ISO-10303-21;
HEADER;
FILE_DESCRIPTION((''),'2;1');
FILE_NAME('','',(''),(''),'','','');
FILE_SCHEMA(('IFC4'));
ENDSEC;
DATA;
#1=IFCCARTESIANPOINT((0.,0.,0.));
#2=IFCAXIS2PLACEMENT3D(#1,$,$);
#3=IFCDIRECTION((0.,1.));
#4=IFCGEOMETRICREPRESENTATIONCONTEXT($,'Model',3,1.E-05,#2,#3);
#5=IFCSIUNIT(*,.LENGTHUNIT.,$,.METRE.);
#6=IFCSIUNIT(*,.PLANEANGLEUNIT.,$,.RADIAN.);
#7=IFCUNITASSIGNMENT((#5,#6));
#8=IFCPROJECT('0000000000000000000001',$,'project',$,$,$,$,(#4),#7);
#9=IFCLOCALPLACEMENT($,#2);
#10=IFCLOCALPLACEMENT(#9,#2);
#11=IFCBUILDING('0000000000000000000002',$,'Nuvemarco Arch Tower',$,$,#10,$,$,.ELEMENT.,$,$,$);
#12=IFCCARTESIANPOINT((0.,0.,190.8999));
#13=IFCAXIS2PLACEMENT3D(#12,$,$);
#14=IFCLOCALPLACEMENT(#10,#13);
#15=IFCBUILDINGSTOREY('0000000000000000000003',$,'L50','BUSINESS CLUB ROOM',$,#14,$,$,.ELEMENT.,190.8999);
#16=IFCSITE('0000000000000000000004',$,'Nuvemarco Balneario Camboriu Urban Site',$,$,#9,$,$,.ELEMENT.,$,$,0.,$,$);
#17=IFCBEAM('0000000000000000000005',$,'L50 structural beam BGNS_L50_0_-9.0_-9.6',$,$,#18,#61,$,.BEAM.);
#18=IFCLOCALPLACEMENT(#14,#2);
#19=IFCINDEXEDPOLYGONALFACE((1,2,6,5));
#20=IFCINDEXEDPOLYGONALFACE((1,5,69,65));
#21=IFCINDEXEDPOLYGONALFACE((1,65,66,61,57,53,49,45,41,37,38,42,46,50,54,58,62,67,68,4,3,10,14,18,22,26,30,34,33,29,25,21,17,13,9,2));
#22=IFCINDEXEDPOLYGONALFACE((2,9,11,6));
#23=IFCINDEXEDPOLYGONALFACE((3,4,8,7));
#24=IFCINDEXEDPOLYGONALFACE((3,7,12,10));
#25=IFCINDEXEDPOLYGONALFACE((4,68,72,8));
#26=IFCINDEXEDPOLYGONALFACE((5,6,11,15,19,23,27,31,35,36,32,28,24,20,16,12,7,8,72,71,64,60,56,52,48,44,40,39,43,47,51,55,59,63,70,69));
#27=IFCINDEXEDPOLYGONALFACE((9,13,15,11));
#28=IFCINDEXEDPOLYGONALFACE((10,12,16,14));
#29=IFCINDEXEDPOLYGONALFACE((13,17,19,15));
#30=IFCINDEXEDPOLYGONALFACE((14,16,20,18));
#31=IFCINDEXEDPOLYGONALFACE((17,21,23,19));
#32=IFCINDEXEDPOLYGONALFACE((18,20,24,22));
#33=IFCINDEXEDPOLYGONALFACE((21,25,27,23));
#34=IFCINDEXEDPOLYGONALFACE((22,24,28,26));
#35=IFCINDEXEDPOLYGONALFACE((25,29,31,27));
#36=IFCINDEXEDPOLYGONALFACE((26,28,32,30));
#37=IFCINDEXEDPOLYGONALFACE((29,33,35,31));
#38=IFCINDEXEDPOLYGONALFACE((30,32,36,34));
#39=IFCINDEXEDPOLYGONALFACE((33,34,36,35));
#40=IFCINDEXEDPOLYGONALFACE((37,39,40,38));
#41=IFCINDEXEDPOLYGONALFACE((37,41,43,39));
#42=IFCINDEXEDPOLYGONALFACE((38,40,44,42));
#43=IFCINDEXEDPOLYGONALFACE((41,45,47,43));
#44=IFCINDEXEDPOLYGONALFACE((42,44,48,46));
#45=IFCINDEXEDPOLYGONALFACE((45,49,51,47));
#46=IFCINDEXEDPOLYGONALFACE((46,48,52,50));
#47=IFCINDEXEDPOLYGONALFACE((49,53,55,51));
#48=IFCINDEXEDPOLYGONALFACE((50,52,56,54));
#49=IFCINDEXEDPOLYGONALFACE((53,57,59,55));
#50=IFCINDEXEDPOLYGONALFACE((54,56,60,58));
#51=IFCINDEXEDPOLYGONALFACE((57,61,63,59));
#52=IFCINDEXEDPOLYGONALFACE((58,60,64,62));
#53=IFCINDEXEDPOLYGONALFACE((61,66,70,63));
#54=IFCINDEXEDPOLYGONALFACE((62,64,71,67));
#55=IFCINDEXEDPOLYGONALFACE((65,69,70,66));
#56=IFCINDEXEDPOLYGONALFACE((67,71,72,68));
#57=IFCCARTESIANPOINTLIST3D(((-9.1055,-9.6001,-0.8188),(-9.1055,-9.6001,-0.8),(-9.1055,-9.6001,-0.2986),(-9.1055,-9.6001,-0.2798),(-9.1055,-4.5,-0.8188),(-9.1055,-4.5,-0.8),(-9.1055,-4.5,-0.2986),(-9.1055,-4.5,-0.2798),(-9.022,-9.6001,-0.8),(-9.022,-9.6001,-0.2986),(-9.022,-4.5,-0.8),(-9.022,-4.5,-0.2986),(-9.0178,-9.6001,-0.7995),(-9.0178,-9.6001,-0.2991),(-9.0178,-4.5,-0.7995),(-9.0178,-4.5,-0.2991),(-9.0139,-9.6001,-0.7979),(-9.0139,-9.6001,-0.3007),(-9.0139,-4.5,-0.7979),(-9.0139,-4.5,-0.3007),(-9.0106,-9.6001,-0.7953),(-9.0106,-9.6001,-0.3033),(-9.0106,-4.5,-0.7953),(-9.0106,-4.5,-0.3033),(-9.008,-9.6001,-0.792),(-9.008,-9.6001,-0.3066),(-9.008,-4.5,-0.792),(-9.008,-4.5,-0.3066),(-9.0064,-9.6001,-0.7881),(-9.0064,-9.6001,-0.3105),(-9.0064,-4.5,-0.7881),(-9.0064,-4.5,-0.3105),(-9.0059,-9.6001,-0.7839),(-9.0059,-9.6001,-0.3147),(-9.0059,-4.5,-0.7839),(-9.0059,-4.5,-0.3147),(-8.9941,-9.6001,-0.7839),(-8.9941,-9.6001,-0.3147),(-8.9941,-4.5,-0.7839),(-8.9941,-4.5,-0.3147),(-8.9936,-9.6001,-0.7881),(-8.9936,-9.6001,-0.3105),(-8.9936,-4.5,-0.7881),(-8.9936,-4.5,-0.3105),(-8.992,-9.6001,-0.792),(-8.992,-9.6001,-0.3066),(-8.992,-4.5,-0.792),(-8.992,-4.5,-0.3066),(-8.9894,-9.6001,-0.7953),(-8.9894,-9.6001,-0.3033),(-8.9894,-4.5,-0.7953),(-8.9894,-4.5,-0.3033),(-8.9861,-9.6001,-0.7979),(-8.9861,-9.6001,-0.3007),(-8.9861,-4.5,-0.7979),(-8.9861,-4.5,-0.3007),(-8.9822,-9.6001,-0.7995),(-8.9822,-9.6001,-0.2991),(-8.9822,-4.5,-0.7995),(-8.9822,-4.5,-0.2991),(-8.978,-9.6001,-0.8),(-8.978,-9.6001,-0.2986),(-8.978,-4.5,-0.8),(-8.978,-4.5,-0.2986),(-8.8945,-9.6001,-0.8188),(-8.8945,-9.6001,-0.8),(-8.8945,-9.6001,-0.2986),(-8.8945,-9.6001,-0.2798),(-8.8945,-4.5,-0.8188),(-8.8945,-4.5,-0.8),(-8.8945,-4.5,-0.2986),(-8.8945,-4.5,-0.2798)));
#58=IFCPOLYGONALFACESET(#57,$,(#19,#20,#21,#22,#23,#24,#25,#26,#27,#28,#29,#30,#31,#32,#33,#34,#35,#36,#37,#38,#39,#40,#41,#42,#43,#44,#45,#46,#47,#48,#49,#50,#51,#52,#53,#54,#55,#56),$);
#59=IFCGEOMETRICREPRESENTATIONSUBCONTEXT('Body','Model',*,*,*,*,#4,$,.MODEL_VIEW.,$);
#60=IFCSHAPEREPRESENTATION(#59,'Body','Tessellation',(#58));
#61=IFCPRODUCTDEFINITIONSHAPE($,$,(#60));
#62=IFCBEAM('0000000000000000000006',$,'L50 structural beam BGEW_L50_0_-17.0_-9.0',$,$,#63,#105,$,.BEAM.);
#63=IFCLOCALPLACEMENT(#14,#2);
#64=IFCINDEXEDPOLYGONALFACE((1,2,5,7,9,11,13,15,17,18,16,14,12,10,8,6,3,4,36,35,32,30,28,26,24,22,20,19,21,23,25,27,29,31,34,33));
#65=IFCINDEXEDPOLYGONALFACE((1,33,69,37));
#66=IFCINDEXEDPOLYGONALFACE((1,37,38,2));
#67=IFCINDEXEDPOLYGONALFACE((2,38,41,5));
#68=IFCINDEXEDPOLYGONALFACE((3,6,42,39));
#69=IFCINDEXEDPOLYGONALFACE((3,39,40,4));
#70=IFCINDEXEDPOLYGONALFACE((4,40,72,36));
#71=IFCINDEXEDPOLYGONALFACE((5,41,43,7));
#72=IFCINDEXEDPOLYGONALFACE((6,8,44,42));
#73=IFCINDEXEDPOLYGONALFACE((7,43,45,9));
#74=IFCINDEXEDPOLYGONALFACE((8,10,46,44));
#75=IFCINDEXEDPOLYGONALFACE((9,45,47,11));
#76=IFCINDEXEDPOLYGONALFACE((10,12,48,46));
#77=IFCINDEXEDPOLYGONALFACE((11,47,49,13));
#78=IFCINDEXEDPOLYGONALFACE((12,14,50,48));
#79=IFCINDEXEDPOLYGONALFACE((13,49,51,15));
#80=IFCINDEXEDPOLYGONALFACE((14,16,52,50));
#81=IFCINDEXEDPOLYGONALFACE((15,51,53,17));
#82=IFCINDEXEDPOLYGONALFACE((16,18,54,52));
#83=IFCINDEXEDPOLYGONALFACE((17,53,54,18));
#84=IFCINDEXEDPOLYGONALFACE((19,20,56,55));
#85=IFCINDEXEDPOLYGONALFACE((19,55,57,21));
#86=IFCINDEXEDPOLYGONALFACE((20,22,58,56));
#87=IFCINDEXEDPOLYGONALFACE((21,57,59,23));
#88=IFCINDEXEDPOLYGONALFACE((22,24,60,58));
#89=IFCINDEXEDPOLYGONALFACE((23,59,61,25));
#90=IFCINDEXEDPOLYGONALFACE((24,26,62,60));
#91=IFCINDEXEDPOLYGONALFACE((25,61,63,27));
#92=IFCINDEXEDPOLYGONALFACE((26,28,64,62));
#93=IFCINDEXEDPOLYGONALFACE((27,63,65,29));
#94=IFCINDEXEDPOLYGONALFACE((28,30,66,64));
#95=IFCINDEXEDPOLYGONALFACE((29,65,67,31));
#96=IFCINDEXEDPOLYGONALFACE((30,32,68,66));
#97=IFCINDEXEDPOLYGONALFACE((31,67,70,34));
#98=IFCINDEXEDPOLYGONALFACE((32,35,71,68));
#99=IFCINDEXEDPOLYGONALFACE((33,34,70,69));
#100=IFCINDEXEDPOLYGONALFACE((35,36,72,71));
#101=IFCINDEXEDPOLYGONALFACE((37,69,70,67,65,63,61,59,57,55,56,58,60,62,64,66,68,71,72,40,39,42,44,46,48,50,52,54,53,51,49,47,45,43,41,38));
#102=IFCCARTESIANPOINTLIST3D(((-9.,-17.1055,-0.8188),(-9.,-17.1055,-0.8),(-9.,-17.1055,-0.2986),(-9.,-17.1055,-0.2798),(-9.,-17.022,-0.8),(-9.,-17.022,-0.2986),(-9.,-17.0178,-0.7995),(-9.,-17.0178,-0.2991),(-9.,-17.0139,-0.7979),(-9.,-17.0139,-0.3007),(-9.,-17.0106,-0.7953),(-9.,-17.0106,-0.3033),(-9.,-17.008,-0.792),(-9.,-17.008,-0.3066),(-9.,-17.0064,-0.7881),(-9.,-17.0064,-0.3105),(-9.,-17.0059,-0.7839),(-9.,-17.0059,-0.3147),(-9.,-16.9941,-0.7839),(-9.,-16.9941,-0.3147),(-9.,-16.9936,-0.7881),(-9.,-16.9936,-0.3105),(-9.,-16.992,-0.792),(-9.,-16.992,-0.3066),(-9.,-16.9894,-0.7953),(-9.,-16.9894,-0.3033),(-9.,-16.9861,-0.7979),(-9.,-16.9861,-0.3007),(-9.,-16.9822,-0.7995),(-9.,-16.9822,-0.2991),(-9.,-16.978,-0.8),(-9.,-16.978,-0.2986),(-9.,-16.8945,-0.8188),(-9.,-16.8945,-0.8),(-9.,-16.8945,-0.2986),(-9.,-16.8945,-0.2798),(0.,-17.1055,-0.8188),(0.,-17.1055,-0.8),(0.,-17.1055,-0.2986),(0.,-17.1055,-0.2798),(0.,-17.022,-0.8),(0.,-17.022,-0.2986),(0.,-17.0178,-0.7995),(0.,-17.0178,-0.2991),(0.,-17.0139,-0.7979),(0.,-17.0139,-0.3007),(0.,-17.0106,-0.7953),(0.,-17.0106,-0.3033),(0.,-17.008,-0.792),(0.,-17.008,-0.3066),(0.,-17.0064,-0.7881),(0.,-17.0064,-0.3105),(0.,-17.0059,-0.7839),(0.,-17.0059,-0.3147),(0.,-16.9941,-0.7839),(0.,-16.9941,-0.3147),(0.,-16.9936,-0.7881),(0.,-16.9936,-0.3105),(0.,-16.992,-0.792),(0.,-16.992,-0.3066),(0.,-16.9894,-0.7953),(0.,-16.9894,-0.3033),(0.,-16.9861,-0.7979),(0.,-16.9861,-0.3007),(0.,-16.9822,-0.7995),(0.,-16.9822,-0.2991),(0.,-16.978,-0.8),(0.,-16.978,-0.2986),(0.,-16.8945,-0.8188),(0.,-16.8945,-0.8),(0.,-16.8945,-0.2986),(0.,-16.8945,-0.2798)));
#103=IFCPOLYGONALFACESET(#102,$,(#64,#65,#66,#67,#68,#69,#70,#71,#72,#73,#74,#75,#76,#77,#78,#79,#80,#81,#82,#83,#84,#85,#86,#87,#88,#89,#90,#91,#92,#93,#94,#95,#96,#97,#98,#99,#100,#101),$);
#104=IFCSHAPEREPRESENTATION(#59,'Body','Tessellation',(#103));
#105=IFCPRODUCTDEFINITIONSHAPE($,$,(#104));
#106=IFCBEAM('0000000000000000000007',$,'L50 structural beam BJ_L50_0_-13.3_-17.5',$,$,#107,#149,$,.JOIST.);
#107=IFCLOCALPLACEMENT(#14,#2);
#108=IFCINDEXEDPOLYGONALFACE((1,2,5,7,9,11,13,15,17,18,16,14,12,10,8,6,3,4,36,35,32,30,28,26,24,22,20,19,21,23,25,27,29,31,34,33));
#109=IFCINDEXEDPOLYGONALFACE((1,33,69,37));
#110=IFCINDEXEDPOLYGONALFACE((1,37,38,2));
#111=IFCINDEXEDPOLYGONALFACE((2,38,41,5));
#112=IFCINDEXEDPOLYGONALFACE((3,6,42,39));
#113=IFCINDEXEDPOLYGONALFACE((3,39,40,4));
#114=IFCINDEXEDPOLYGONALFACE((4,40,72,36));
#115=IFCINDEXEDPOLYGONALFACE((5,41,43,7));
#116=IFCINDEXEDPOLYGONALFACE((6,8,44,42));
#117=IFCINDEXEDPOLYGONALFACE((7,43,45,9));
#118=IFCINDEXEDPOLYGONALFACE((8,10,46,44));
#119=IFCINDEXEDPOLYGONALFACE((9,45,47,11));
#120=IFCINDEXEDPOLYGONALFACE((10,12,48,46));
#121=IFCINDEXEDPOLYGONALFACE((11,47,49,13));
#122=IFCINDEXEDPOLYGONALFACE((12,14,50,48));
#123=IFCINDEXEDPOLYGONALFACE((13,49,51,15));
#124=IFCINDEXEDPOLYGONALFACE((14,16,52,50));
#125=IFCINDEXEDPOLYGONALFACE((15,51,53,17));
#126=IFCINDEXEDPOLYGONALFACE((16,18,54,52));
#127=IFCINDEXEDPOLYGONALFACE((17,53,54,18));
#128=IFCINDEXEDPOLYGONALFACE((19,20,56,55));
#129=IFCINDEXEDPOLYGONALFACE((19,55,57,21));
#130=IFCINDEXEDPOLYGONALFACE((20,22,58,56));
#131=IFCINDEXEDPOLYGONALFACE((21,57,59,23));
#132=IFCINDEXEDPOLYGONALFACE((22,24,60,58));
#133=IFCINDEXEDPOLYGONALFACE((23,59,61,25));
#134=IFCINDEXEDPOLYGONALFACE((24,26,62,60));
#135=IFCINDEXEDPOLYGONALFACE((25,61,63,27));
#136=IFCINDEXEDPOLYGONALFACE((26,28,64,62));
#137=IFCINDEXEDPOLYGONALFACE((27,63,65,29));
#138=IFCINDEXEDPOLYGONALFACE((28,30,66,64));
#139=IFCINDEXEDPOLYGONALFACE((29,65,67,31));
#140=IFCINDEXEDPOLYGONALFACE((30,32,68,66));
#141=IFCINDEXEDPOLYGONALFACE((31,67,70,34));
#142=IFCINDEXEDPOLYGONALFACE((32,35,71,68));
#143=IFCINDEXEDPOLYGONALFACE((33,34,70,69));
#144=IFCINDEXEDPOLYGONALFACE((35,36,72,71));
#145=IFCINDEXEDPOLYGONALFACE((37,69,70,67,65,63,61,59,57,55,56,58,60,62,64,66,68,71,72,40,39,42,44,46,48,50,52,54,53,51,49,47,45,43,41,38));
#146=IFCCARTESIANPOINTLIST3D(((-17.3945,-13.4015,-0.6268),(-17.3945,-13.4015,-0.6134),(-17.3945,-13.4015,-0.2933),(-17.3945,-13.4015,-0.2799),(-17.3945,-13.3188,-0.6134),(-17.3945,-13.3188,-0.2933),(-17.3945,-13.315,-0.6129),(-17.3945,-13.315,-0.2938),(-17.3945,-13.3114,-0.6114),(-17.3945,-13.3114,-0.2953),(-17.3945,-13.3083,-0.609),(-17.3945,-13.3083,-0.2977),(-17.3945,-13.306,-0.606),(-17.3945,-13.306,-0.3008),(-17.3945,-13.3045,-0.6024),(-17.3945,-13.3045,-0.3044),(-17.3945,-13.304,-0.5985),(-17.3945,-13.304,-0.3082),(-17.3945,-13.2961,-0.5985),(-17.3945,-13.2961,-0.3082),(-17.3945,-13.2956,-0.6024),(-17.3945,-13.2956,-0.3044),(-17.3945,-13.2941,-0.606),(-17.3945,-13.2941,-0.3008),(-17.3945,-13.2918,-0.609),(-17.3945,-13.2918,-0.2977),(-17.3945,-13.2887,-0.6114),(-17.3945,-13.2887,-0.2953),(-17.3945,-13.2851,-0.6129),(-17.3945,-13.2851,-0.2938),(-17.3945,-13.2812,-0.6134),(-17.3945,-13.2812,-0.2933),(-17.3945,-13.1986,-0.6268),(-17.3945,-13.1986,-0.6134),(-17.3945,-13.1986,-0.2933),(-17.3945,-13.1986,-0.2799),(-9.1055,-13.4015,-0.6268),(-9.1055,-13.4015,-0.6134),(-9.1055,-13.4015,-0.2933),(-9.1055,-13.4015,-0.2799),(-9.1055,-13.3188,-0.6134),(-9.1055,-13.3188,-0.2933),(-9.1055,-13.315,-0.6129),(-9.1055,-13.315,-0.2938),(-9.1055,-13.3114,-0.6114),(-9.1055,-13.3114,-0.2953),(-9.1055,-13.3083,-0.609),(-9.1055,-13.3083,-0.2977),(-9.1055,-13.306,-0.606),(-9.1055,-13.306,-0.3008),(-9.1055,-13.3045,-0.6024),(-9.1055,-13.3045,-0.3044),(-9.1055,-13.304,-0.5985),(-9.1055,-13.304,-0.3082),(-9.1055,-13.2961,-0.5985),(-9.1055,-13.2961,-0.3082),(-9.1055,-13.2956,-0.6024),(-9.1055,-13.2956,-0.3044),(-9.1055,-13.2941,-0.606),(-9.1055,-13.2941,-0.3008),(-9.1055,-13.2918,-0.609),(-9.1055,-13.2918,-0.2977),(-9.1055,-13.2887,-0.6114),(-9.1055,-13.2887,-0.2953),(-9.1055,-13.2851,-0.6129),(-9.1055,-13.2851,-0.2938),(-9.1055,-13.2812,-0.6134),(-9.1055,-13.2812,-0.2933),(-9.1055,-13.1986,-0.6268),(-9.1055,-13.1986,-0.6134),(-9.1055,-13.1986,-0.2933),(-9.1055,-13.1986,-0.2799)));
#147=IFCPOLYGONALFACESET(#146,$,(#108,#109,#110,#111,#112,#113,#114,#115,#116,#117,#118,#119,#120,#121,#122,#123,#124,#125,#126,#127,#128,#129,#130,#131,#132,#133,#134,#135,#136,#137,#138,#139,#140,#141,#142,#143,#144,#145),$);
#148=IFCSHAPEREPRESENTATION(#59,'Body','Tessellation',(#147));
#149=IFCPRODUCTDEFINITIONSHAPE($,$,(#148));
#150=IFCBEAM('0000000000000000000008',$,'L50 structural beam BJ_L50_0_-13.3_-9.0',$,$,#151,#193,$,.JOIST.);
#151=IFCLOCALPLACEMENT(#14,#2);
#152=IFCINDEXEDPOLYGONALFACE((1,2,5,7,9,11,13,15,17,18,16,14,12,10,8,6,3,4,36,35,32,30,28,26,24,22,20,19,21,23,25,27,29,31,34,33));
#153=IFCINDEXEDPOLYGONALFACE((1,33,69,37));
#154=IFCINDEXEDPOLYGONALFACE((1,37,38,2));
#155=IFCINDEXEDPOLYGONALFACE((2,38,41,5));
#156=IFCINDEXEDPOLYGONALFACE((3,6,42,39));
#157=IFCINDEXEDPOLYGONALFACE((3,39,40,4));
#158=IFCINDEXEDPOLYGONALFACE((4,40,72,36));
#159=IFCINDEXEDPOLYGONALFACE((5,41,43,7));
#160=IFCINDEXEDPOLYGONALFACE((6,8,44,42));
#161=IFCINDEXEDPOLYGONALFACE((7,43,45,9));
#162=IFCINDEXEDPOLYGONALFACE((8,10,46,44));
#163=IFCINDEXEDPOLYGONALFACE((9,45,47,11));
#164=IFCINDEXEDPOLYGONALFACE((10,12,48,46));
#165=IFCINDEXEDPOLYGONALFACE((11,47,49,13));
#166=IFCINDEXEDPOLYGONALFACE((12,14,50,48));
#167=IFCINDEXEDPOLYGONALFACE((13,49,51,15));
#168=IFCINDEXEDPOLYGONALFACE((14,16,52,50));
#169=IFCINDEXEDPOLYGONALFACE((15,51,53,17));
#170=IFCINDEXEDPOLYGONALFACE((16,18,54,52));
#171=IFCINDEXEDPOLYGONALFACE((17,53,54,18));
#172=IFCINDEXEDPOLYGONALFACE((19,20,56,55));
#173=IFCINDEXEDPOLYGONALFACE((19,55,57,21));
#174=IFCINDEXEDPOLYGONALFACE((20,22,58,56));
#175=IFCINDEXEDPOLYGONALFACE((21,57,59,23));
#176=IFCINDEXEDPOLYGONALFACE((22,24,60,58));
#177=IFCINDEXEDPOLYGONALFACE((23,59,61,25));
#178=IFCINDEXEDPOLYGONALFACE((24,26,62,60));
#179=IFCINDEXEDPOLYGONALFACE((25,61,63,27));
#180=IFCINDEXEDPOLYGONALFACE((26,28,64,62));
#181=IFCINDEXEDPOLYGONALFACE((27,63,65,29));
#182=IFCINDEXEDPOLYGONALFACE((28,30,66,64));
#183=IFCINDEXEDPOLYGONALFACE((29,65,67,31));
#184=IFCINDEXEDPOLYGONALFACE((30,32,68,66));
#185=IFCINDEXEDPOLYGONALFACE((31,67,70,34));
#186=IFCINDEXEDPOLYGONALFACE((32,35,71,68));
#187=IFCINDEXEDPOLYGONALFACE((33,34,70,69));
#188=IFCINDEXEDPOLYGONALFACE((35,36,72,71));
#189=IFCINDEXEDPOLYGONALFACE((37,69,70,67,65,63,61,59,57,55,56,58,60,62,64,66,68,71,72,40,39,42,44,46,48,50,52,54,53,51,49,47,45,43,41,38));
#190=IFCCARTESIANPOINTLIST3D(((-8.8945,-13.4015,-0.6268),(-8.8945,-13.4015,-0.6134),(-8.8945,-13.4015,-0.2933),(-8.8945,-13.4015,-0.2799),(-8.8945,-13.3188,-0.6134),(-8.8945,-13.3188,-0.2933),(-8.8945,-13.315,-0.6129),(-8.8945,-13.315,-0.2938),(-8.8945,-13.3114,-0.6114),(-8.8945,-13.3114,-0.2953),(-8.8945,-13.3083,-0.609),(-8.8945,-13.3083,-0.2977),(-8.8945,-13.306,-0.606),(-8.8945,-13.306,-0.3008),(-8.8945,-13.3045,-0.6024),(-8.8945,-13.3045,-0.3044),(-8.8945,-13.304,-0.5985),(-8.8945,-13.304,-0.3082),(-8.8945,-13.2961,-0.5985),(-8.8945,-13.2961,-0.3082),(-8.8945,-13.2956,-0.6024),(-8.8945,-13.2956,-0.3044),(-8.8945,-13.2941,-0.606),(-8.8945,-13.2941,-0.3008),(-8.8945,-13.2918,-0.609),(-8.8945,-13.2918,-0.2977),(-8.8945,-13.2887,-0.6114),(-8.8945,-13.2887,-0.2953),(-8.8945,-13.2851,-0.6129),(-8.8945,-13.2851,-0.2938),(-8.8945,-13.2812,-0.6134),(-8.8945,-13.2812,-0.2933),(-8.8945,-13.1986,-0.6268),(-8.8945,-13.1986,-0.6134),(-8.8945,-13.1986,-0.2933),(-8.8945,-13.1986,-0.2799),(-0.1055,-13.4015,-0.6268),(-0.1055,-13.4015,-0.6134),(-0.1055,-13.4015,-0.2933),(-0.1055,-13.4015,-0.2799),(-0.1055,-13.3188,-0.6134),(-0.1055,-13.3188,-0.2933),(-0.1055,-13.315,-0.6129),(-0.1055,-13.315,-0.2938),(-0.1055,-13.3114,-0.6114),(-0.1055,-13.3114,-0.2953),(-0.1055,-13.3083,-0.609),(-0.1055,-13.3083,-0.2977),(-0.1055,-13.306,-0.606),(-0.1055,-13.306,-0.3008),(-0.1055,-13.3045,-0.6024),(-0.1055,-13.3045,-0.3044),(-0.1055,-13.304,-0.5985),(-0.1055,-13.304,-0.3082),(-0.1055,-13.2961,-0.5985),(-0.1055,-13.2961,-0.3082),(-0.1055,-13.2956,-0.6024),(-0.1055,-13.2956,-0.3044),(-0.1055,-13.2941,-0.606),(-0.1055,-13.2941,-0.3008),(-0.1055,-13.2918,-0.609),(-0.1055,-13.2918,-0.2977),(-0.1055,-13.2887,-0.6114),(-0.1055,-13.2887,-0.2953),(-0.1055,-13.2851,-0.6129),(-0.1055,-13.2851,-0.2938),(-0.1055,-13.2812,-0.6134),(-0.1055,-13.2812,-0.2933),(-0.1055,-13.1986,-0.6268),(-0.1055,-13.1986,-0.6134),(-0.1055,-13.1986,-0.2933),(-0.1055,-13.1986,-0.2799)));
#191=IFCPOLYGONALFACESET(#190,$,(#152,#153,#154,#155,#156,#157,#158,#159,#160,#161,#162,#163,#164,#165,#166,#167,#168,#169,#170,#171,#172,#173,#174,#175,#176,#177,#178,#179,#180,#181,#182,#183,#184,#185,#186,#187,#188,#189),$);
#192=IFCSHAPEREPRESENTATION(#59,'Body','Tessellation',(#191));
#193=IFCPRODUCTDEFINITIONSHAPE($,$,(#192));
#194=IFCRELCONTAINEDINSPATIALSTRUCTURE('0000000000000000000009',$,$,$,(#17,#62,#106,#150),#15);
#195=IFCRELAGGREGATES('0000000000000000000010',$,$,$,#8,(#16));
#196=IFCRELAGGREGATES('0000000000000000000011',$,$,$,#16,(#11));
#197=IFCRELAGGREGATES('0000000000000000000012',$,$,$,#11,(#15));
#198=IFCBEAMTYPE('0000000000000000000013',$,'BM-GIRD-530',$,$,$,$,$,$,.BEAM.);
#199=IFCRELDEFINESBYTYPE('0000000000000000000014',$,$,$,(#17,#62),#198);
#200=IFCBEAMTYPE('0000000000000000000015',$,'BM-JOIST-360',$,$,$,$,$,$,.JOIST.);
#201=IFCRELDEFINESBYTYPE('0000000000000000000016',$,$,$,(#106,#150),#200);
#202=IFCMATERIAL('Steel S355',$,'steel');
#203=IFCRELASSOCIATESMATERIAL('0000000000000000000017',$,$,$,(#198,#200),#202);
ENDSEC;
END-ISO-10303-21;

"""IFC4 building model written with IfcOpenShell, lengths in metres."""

from ifc_helpers import new_model, si_unit, direction, frame, origin, origin_2d, place, context, subcontext, project, spatial, i_section, extrude, material, material_profile, profile_set, type_object, element, save


model = new_model("IFC4")

# Units and contexts
model_context = context("Model", 3, precision=1e-05, world=origin(), true_north=direction((0.0, 1.0)))
body_context = subcontext(model_context, "Body", "Model", "MODEL_VIEW")
ifc_project = project(units=[si_unit("LENGTHUNIT", "METRE"), si_unit("PLANEANGLEUNIT", "RADIAN")], contexts=[model_context])

# Site, building, storey
site_placement = place(None, origin())
site = spatial("IfcSite", under=ifc_project, at=site_placement, Name="Nuvemarco Balneario Camboriu Urban Site", CompositionType="ELEMENT", RefElevation=0.0)
building_placement = place(site_placement, origin())
building = spatial("IfcBuilding", under=site, at=building_placement, Name="Nuvemarco Arch Tower", CompositionType="ELEMENT")
storey_placement = place(building_placement, frame((0.0, 0.0, 190.8999)))
storey = spatial("IfcBuildingStorey", under=building, at=storey_placement, Name="L50", Description="BUSINESS CLUB ROOM", CompositionType="ELEMENT", Elevation=190.8999)

# Shared definitions
ifc_material_1 = material(Name="Steel S355", Category="steel")

# Beams
ifc_material_profile_1 = material_profile(ifc_material_1, i_section(OverallWidth=0.2109, OverallDepth=0.5391, WebThickness=0.0117, FlangeThickness=0.0188, FilletRadius=0.0161, at=origin_2d()), Name="W530x109")
ifc_profile_set_1 = profile_set([ifc_material_profile_1], Name="Steel S355")
beam_type_1 = type_object("IfcBeamType", Name="BM-GIRD-530", PredefinedType="BEAM", material=ifc_profile_set_1)
beam_1_placement = place(storey_placement, frame((-9.0, -9.6001, -0.5493), z_axis=(0.0, 1.0, 0.0), x_axis=(-1.0, 0.0, 0.0)))
element("IfcBeam", 1, at=beam_1_placement, inside=storey, type_object=beam_type_1, Name="L50 structural beam BGNS_L50_0_-9.0_-9.6", PredefinedType="BEAM", context=body_context, shape_type="SweptSolid", body=[
    extrude(i_section(OverallWidth=0.2109, OverallDepth=0.5391, WebThickness=0.0117, FlangeThickness=0.0188, FilletRadius=0.0161, at=origin_2d()), origin(), (0.0, 0.0, 1.0), 5.1001),
])
beam_2_placement = place(storey_placement, frame((-9.0, -17.0, -0.5493), z_axis=(1.0, 0.0, 0.0), x_axis=(0.0, 1.0, 0.0)))
element("IfcBeam", 2, at=beam_2_placement, inside=storey, type_object=beam_type_1, Name="L50 structural beam BGEW_L50_0_-17.0_-9.0", PredefinedType="BEAM", context=body_context, shape_type="SweptSolid", body=[
    extrude(i_section(OverallWidth=0.2109, OverallDepth=0.5391, WebThickness=0.0117, FlangeThickness=0.0188, FilletRadius=0.0161, at=origin_2d()), origin(), (0.0, 0.0, 1.0), 9.0),
])
ifc_material_profile_2 = material_profile(ifc_material_1, i_section(OverallWidth=0.2029, OverallDepth=0.3469, WebThickness=0.0078, FlangeThickness=0.0134, FilletRadius=0.0149, at=origin_2d()), Name="W360x64")
ifc_profile_set_2 = profile_set([ifc_material_profile_2], Name="Steel S355")
beam_type_2 = type_object("IfcBeamType", Name="BM-JOIST-360", PredefinedType="JOIST", material=ifc_profile_set_2)
beam_3_placement = place(storey_placement, frame((-17.3945, -13.3, -0.4534), z_axis=(1.0, 0.0, 0.0), x_axis=(0.0, 1.0, 0.0)))
element("IfcBeam", 3, at=beam_3_placement, inside=storey, type_object=beam_type_2, Name="L50 structural beam BJ_L50_0_-13.3_-17.5", PredefinedType="JOIST", context=body_context, shape_type="SweptSolid", body=[
    extrude(i_section(OverallWidth=0.2029, OverallDepth=0.3469, WebThickness=0.0078, FlangeThickness=0.0134, FilletRadius=0.0149, at=origin_2d()), origin(), (0.0, 0.0, 1.0), 8.2891),
])
beam_4_placement = place(storey_placement, frame((-8.8945, -13.3, -0.4534), z_axis=(1.0, 0.0, 0.0), x_axis=(0.0, 1.0, 0.0)))
element("IfcBeam", 4, at=beam_4_placement, inside=storey, type_object=beam_type_2, Name="L50 structural beam BJ_L50_0_-13.3_-9.0", PredefinedType="JOIST", context=body_context, shape_type="SweptSolid", body=[
    extrude(i_section(OverallWidth=0.2029, OverallDepth=0.3469, WebThickness=0.0078, FlangeThickness=0.0134, FilletRadius=0.0149, at=origin_2d()), origin(), (0.0, 0.0, 1.0), 8.7891),
])

save(model, "model.ifc")
